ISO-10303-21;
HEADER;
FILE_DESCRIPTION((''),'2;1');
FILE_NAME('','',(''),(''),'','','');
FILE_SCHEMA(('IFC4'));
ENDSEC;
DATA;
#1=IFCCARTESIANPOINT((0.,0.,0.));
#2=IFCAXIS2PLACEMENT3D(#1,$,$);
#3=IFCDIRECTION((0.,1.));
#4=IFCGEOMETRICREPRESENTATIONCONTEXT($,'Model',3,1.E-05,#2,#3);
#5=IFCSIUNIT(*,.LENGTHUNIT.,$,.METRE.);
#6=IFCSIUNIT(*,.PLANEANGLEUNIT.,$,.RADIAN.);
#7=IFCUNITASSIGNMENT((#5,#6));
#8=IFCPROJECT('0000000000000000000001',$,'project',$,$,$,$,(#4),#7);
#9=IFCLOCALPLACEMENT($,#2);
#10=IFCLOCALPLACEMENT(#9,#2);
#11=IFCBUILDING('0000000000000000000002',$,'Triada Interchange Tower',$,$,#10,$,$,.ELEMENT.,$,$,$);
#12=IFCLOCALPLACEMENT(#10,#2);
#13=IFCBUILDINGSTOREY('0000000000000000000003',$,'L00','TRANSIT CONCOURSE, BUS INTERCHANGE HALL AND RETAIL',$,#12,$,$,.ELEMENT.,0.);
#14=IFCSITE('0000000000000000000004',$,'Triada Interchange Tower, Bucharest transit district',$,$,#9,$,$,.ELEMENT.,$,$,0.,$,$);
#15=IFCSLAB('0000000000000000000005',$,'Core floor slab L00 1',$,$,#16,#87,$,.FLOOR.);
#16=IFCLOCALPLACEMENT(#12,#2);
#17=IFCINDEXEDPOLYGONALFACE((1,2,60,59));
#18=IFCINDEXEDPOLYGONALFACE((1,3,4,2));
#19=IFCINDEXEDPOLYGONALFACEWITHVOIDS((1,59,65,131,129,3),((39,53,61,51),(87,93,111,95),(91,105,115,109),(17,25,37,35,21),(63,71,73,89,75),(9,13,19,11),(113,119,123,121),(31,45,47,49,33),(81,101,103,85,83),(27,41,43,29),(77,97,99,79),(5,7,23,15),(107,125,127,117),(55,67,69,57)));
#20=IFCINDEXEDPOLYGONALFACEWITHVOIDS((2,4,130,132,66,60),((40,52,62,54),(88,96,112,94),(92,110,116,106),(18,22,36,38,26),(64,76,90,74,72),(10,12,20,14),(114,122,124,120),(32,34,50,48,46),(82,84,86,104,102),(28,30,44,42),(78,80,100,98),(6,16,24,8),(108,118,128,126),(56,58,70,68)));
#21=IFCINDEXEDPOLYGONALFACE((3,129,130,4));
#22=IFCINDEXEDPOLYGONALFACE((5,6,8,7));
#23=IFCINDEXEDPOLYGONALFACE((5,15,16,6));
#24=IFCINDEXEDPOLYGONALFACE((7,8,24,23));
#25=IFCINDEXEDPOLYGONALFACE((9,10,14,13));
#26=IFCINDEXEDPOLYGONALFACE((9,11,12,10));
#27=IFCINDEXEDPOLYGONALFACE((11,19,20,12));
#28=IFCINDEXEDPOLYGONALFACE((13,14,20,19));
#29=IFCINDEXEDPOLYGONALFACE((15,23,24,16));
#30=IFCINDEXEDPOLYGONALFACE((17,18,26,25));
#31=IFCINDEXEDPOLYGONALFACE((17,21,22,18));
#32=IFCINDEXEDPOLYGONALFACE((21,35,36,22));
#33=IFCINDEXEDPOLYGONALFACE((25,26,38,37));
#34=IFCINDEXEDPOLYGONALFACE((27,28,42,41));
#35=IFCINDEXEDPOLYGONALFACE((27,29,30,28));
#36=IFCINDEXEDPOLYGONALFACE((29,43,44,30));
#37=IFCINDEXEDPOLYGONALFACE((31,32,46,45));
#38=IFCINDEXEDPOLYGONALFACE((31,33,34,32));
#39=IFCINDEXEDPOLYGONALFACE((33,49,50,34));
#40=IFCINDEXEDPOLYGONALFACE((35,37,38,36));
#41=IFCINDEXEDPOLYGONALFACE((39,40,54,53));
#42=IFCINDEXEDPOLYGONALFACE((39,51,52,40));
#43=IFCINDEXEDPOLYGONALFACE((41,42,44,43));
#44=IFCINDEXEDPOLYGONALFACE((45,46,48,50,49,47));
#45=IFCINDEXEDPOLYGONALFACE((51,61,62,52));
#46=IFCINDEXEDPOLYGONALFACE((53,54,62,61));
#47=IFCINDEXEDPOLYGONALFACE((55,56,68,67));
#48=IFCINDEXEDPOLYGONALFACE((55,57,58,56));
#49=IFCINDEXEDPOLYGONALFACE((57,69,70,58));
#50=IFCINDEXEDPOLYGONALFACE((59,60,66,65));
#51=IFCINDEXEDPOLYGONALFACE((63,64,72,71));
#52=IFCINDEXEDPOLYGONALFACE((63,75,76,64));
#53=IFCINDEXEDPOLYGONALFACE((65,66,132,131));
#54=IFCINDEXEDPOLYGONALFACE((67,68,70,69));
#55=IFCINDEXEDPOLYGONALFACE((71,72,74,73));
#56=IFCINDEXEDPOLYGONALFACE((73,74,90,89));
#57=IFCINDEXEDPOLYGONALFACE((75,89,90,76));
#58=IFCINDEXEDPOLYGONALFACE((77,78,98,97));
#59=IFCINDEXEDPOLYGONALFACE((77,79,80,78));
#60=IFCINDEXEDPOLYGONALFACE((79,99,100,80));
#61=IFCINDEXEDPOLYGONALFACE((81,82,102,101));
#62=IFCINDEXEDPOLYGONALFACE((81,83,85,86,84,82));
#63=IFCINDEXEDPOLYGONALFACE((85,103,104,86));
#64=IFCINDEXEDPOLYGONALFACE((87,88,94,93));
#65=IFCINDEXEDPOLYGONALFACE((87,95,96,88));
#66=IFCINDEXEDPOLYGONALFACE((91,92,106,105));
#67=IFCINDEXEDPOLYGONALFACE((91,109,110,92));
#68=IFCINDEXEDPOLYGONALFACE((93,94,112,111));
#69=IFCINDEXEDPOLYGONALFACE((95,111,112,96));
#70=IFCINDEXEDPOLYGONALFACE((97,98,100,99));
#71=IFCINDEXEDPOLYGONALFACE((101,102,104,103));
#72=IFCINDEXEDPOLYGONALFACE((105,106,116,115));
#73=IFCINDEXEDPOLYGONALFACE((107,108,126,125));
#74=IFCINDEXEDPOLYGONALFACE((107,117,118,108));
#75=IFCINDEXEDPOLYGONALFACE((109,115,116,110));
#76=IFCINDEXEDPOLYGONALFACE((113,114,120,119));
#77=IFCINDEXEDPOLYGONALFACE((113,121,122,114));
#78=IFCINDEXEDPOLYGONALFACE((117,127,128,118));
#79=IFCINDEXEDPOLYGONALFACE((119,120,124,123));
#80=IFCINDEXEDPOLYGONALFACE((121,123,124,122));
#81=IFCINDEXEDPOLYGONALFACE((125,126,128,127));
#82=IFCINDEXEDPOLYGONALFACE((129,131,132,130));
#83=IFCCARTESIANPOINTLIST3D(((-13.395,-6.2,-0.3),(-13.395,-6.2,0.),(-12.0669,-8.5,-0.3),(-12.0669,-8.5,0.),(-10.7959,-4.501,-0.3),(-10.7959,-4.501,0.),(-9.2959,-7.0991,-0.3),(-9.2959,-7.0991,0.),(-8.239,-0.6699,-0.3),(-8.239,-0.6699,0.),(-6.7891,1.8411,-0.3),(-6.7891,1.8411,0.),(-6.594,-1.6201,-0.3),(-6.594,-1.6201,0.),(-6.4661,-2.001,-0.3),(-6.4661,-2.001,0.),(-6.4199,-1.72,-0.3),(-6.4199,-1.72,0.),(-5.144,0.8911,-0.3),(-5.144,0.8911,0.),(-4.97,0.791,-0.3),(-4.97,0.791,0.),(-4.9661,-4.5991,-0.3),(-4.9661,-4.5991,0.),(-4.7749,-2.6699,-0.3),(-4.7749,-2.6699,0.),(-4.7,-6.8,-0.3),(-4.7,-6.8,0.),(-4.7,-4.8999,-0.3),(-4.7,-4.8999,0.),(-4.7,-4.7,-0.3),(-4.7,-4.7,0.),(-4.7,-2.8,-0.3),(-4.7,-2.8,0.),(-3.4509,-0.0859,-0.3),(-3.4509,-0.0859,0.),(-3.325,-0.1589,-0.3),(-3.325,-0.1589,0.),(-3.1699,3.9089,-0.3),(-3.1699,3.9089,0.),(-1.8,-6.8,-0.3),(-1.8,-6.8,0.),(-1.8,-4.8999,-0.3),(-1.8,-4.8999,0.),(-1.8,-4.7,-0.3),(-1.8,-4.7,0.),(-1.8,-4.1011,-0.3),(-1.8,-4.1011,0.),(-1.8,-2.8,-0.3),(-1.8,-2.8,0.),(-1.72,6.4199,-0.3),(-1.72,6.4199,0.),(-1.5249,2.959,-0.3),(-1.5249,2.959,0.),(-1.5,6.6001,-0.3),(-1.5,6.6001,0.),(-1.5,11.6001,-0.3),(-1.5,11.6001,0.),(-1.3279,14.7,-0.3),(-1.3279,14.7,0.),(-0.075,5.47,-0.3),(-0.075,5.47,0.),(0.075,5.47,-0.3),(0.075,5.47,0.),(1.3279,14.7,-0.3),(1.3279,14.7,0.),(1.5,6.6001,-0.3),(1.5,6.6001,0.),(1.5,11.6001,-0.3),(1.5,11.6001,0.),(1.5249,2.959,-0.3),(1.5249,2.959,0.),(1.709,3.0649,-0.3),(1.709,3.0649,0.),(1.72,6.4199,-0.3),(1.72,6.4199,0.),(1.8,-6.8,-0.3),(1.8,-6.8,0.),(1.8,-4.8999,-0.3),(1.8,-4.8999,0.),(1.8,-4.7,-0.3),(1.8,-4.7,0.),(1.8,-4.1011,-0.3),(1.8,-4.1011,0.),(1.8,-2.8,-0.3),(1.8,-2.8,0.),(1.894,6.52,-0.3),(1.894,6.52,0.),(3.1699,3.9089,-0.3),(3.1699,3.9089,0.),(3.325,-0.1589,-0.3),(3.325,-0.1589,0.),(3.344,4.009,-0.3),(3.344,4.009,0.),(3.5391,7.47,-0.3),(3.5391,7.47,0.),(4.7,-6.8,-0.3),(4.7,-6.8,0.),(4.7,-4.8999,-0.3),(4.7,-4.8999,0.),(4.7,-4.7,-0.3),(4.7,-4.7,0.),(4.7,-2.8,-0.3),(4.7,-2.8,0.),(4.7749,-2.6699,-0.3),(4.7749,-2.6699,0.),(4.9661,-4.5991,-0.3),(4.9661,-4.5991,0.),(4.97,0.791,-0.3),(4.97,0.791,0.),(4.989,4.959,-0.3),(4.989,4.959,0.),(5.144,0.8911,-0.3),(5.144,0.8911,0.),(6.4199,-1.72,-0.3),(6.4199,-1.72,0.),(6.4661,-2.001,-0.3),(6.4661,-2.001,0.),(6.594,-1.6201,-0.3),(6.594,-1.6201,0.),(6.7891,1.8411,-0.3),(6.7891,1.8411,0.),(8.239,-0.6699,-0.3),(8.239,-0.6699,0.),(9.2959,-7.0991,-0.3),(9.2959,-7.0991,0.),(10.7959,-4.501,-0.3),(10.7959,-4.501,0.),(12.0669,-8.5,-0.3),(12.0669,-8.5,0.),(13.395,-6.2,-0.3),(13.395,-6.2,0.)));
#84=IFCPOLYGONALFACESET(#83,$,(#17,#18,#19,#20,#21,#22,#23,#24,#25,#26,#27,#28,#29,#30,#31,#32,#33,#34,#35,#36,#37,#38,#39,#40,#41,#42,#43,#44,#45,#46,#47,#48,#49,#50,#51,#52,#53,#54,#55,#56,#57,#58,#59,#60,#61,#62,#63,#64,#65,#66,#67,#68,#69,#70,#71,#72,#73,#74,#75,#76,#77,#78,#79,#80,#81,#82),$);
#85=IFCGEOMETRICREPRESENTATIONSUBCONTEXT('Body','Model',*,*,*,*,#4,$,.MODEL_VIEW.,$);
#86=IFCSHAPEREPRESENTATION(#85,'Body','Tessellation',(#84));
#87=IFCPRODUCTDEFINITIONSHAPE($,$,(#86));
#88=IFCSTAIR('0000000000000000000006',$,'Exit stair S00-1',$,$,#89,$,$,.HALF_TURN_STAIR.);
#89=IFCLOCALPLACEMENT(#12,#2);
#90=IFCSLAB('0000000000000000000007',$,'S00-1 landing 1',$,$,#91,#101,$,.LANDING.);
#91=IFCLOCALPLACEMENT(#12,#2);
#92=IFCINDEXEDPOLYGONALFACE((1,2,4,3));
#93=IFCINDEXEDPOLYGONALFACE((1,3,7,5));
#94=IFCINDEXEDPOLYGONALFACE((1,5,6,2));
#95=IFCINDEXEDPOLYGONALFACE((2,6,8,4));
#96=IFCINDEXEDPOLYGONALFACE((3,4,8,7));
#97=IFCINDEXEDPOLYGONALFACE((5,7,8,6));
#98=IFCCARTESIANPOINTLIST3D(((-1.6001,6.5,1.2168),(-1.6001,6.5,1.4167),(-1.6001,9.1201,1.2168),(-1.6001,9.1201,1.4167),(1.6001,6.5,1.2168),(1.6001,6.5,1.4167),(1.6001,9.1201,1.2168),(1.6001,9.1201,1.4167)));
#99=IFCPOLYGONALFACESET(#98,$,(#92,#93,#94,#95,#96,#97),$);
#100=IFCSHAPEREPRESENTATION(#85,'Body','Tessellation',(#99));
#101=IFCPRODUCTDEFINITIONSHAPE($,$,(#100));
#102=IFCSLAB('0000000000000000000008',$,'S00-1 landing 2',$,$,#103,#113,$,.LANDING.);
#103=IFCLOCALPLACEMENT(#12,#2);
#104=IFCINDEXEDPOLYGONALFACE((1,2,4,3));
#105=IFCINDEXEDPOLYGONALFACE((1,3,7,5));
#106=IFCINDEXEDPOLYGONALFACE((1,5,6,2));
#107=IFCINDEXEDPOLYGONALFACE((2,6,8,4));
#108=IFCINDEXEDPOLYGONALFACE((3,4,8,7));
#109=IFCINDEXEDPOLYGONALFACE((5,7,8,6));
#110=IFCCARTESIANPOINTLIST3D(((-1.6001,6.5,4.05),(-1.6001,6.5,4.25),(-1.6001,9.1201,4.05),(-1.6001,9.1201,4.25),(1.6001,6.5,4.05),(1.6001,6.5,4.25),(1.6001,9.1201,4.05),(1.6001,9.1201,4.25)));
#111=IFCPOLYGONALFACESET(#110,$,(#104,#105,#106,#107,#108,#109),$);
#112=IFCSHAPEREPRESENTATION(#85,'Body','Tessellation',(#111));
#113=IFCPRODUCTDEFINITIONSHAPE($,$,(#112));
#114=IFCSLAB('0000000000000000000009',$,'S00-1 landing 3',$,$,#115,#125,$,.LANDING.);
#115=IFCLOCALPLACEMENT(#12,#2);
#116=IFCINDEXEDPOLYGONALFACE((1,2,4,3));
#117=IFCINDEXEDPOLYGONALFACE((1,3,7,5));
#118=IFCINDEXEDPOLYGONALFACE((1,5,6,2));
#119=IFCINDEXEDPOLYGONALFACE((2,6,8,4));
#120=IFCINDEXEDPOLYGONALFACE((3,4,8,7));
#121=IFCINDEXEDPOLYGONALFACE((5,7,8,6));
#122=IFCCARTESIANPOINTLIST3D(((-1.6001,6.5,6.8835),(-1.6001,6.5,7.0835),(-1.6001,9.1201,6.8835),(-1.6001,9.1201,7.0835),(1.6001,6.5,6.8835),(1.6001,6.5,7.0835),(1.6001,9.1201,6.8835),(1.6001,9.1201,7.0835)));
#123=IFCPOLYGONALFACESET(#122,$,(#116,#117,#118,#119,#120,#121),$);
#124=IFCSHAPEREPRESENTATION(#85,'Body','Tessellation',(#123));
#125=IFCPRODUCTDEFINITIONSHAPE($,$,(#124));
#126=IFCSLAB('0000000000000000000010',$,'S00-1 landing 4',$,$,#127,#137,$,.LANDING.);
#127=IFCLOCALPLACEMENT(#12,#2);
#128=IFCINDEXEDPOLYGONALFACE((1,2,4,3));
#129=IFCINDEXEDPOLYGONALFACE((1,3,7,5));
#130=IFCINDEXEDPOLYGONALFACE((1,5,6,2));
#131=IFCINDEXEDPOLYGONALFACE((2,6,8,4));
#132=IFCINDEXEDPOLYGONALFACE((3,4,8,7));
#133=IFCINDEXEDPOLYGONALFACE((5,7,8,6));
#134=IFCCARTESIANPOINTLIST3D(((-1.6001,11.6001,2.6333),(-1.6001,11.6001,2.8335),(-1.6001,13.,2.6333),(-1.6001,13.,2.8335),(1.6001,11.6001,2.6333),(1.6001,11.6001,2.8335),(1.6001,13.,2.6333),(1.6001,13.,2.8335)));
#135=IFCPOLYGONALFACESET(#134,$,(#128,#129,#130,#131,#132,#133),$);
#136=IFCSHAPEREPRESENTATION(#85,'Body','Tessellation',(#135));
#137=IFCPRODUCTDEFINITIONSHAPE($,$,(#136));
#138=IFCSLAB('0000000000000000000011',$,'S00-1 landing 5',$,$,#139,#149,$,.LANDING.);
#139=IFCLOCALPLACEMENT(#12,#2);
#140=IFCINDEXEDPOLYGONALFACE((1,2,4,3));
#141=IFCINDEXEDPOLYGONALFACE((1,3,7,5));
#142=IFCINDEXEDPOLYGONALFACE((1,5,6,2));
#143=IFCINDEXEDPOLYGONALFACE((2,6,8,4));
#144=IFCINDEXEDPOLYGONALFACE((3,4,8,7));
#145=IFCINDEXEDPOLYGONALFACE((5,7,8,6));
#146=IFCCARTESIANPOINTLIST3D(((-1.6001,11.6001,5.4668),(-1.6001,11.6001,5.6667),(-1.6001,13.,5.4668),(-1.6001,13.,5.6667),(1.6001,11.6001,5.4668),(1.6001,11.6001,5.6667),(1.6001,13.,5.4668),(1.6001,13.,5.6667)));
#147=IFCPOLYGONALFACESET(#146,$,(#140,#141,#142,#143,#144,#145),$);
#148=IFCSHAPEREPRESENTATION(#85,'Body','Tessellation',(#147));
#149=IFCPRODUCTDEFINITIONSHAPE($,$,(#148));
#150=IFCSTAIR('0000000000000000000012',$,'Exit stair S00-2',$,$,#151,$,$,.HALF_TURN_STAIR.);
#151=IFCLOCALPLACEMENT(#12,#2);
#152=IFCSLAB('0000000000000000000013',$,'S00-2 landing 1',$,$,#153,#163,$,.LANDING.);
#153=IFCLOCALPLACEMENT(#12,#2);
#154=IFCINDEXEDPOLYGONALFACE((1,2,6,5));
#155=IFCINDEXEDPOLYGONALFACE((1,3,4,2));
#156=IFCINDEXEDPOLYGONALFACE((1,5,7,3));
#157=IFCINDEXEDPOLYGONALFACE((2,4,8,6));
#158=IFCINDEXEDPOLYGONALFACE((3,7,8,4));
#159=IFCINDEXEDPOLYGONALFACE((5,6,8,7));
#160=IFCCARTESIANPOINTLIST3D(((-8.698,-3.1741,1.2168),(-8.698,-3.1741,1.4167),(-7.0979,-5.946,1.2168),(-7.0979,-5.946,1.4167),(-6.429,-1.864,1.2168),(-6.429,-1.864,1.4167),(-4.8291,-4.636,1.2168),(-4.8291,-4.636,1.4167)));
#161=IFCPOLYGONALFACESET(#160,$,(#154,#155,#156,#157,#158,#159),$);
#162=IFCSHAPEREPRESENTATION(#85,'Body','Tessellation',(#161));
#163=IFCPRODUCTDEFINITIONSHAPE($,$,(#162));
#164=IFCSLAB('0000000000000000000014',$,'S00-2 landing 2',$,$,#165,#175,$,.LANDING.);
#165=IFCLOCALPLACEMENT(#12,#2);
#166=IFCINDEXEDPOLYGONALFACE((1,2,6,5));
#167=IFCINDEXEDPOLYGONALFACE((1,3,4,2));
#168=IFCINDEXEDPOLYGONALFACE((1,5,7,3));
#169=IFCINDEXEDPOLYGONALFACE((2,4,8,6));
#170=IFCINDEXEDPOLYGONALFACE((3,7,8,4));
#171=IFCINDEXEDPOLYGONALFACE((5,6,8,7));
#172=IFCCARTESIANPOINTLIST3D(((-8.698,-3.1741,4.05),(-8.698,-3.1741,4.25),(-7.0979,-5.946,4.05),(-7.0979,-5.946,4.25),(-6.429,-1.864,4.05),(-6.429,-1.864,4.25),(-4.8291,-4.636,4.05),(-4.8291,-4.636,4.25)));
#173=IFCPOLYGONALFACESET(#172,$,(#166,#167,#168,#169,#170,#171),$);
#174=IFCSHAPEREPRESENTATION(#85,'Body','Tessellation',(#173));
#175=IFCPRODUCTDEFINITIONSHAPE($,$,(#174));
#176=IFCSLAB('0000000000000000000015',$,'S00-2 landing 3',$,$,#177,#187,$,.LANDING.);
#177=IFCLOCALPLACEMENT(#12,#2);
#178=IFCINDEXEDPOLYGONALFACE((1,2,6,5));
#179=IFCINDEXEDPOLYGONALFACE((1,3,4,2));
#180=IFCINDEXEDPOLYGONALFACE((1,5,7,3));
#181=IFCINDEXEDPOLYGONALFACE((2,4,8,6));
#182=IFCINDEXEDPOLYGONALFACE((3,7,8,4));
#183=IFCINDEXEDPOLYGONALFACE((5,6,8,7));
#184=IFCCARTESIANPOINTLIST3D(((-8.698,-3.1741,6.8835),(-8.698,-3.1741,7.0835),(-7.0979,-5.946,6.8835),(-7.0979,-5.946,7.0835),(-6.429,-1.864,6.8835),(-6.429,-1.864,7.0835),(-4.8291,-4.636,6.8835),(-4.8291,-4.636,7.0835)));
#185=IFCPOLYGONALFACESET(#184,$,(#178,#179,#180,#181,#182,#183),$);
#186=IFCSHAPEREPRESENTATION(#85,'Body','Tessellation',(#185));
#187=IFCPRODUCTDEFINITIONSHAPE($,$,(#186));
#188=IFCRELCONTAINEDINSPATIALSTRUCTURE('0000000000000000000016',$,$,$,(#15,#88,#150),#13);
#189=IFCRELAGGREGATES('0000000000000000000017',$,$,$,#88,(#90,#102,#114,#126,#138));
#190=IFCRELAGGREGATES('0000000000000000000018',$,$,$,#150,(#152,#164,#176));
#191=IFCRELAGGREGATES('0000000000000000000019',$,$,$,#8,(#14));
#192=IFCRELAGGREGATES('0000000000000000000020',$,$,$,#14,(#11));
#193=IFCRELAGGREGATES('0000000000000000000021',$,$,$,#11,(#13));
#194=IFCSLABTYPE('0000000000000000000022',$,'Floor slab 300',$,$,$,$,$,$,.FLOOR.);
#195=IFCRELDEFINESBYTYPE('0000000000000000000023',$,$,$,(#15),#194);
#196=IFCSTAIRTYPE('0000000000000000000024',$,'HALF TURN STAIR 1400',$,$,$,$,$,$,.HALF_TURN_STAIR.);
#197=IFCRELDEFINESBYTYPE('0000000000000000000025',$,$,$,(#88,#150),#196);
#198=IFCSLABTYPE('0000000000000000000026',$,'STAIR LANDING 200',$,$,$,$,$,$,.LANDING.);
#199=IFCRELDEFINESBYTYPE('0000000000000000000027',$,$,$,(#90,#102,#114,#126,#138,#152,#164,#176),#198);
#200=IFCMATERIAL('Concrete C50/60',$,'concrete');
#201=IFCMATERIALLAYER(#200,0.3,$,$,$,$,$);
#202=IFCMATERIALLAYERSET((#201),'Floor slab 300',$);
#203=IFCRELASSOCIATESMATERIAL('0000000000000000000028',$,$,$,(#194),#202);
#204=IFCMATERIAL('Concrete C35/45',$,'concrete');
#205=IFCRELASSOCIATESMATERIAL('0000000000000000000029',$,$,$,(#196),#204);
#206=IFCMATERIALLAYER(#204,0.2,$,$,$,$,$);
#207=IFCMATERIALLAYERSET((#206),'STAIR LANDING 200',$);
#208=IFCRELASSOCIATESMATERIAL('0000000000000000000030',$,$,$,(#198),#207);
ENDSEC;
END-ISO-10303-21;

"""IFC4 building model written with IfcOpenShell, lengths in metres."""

from ifc_helpers import new_model, si_unit, direction, frame, origin, place, context, subcontext, project, spatial, polyline, outline, extrude, material, layer, layer_set, type_object, element, aggregate, save


model = new_model("IFC4")

# Units and contexts
model_context = context("Model", 3, precision=1e-05, world=origin(), true_north=direction((0.0, 1.0)))
body_context = subcontext(model_context, "Body", "Model", "MODEL_VIEW")
ifc_project = project(units=[si_unit("LENGTHUNIT", "METRE"), si_unit("PLANEANGLEUNIT", "RADIAN")], contexts=[model_context])

# Site, building, storey
site_placement = place(None, origin())
site = spatial("IfcSite", under=ifc_project, at=site_placement, Name="Triada Interchange Tower, Bucharest transit district", CompositionType="ELEMENT", RefElevation=0.0)
building_placement = place(site_placement, origin())
building = spatial("IfcBuilding", under=site, at=building_placement, Name="Triada Interchange Tower", CompositionType="ELEMENT")
storey_placement = place(building_placement, origin())
storey = spatial("IfcBuildingStorey", under=building, at=storey_placement, Name="L00", Description="TRANSIT CONCOURSE, BUS INTERCHANGE HALL AND RETAIL", CompositionType="ELEMENT", Elevation=0.0)

# Slab
ifc_material_1 = material(Name="Concrete C50/60", Category="concrete")
ifc_layer_1 = layer(ifc_material_1, 0.3)
ifc_layer_set_1 = layer_set([ifc_layer_1], Name="Floor slab 300")
slab_type_1 = type_object("IfcSlabType", Name="Floor slab 300", PredefinedType="FLOOR", material=ifc_layer_set_1)
slab_1_placement = place(storey_placement, frame((0.0, 0.0, -0.3)))
element("IfcSlab", 1, at=slab_1_placement, inside=storey, type_object=slab_type_1, Name="Core floor slab L00 1", PredefinedType="FLOOR", context=body_context, shape_type="SweptSolid", body=[
    extrude(outline(polyline([(13.395, -6.2), (12.0669, -8.5), (-12.0669, -8.5), (-13.395, -6.2), (-1.3279, 14.7), (1.3279, 14.7), (13.395, -6.2)]), holes=[polyline([(9.2959, -7.0991), (10.7959, -4.501), (6.4661, -2.001), (4.9661, -4.5991), (9.2959, -7.0991)]), polyline([(6.7891, 1.8411), (5.144, 0.8911), (6.594, -1.6201), (8.239, -0.6699), (6.7891, 1.8411)]), polyline([(4.97, 0.791), (3.325, -0.1589), (4.7749, -2.6699), (6.4199, -1.72), (4.97, 0.791)]), polyline([(1.894, 6.52), (3.344, 4.009), (4.989, 4.959), (3.5391, 7.47), (1.894, 6.52)]), polyline([(1.8, -4.8999), (1.8, -6.8), (4.7, -6.8), (4.7, -4.8999), (1.8, -4.8999)]), polyline([(1.8, -2.8), (1.8, -4.1011), (1.8, -4.7), (4.7, -4.7), (4.7, -2.8), (1.8, -2.8)]), polyline([(1.5249, 2.959), (1.709, 3.0649), (3.1699, 3.9089), (1.72, 6.4199), (0.075, 5.47), (1.5249, 2.959)]), polyline([(1.5, 11.6001), (-1.5, 11.6001), (-1.5, 6.6001), (1.5, 6.6001), (1.5, 11.6001)]), polyline([(-1.5249, 2.959), (-0.075, 5.47), (-1.72, 6.4199), (-3.1699, 3.9089), (-1.5249, 2.959)]), polyline([(-4.7, -2.8), (-4.7, -4.7), (-1.8, -4.7), (-1.8, -4.1011), (-1.8, -2.8), (-4.7, -2.8)]), polyline([(-4.7, -4.8999), (-4.7, -6.8), (-1.8, -6.8), (-1.8, -4.8999), (-4.7, -4.8999)]), polyline([(-3.325, -0.1589), (-3.4509, -0.0859), (-4.97, 0.791), (-6.4199, -1.72), (-4.7749, -2.6699), (-3.325, -0.1589)]), polyline([(-10.7959, -4.501), (-9.2959, -7.0991), (-4.9661, -4.5991), (-6.4661, -2.001), (-10.7959, -4.501)]), polyline([(-6.594, -1.6201), (-5.144, 0.8911), (-6.7891, 1.8411), (-8.239, -0.6699), (-6.594, -1.6201)])]), origin(), (0.0, 0.0, 1.0), 0.3),
])

# Stairs, slabs
ifc_material_2 = material(Name="Concrete C35/45", Category="concrete")
stair_type = type_object("IfcStairType", Name="HALF TURN STAIR 1400", PredefinedType="HALF_TURN_STAIR", material=ifc_material_2)
stair_1_placement = place(storey_placement, origin())
stair_1 = element("IfcStair", 2, at=stair_1_placement, inside=storey, type_object=stair_type, Name="Exit stair S00-1", PredefinedType="HALF_TURN_STAIR")
ifc_layer_2 = layer(ifc_material_2, 0.2)
ifc_layer_set_2 = layer_set([ifc_layer_2], Name="STAIR LANDING 200")
slab_type_2 = type_object("IfcSlabType", Name="STAIR LANDING 200", PredefinedType="LANDING", material=ifc_layer_set_2)
slab_2_placement = place(storey_placement, frame((0.0, 0.0, 1.2168)))
slab_2 = element("IfcSlab", 3, at=slab_2_placement, type_object=slab_type_2, Name="S00-1 landing 1", PredefinedType="LANDING", context=body_context, shape_type="SweptSolid", body=[
    extrude(outline(polyline([(1.6001, 6.5), (1.6001, 9.1201), (-1.6001, 9.1201), (-1.6001, 6.5), (1.6001, 6.5)])), origin(), (0.0, 0.0, 1.0), 0.2),
])
slab_3_placement = place(storey_placement, frame((0.0, 0.0, 4.05)))
slab_3 = element("IfcSlab", 4, at=slab_3_placement, type_object=slab_type_2, Name="S00-1 landing 2", PredefinedType="LANDING", context=body_context, shape_type="SweptSolid", body=[
    extrude(outline(polyline([(1.6001, 6.5), (1.6001, 9.1201), (-1.6001, 9.1201), (-1.6001, 6.5), (1.6001, 6.5)])), origin(), (0.0, 0.0, 1.0), 0.2),
])
slab_4_placement = place(storey_placement, frame((0.0, 0.0, 6.8835)))
slab_4 = element("IfcSlab", 5, at=slab_4_placement, type_object=slab_type_2, Name="S00-1 landing 3", PredefinedType="LANDING", context=body_context, shape_type="SweptSolid", body=[
    extrude(outline(polyline([(1.6001, 6.5), (1.6001, 9.1201), (-1.6001, 9.1201), (-1.6001, 6.5), (1.6001, 6.5)])), origin(), (0.0, 0.0, 1.0), 0.2),
])
slab_5_placement = place(storey_placement, frame((0.0, 0.0, 2.6333)))
slab_5 = element("IfcSlab", 6, at=slab_5_placement, type_object=slab_type_2, Name="S00-1 landing 4", PredefinedType="LANDING", context=body_context, shape_type="SweptSolid", body=[
    extrude(outline(polyline([(1.6001, 11.6001), (1.6001, 13.0), (-1.6001, 13.0), (-1.6001, 11.6001), (1.6001, 11.6001)])), origin(), (0.0, 0.0, 1.0), 0.2002),
])
slab_6_placement = place(storey_placement, frame((0.0, 0.0, 5.4668)))
slab_6 = element("IfcSlab", 7, at=slab_6_placement, type_object=slab_type_2, Name="S00-1 landing 5", PredefinedType="LANDING", context=body_context, shape_type="SweptSolid", body=[
    extrude(outline(polyline([(1.6001, 11.6001), (1.6001, 13.0), (-1.6001, 13.0), (-1.6001, 11.6001), (1.6001, 11.6001)])), origin(), (0.0, 0.0, 1.0), 0.2),
])
aggregate(stair_1, [slab_2, slab_3, slab_4, slab_5, slab_6])
stair_2_placement = place(storey_placement, origin())
stair_2 = element("IfcStair", 8, at=stair_2_placement, inside=storey, type_object=stair_type, Name="Exit stair S00-2", PredefinedType="HALF_TURN_STAIR")
slab_7_placement = place(storey_placement, frame((0.0, 0.0, 1.2168)))
slab_7 = element("IfcSlab", 9, at=slab_7_placement, type_object=slab_type_2, Name="S00-2 landing 1", PredefinedType="LANDING", context=body_context, shape_type="SweptSolid", body=[
    extrude(outline(polyline([(-6.429, -1.864), (-8.698, -3.1741), (-7.0979, -5.946), (-4.8291, -4.636), (-6.429, -1.864)])), origin(), (0.0, 0.0, 1.0), 0.2),
])
slab_8_placement = place(storey_placement, frame((0.0, 0.0, 4.05)))
slab_8 = element("IfcSlab", 10, at=slab_8_placement, type_object=slab_type_2, Name="S00-2 landing 2", PredefinedType="LANDING", context=body_context, shape_type="SweptSolid", body=[
    extrude(outline(polyline([(-6.429, -1.864), (-8.698, -3.1741), (-7.0979, -5.946), (-4.8291, -4.636), (-6.429, -1.864)])), origin(), (0.0, 0.0, 1.0), 0.2),
])
slab_9_placement = place(storey_placement, frame((0.0, 0.0, 6.8835)))
slab_9 = element("IfcSlab", 11, at=slab_9_placement, type_object=slab_type_2, Name="S00-2 landing 3", PredefinedType="LANDING", context=body_context, shape_type="SweptSolid", body=[
    extrude(outline(polyline([(-6.429, -1.864), (-8.698, -3.1741), (-7.0979, -5.946), (-4.8291, -4.636), (-6.429, -1.864)])), origin(), (0.0, 0.0, 1.0), 0.2),
])
aggregate(stair_2, [slab_7, slab_8, slab_9])

save(model, "model.ifc")
